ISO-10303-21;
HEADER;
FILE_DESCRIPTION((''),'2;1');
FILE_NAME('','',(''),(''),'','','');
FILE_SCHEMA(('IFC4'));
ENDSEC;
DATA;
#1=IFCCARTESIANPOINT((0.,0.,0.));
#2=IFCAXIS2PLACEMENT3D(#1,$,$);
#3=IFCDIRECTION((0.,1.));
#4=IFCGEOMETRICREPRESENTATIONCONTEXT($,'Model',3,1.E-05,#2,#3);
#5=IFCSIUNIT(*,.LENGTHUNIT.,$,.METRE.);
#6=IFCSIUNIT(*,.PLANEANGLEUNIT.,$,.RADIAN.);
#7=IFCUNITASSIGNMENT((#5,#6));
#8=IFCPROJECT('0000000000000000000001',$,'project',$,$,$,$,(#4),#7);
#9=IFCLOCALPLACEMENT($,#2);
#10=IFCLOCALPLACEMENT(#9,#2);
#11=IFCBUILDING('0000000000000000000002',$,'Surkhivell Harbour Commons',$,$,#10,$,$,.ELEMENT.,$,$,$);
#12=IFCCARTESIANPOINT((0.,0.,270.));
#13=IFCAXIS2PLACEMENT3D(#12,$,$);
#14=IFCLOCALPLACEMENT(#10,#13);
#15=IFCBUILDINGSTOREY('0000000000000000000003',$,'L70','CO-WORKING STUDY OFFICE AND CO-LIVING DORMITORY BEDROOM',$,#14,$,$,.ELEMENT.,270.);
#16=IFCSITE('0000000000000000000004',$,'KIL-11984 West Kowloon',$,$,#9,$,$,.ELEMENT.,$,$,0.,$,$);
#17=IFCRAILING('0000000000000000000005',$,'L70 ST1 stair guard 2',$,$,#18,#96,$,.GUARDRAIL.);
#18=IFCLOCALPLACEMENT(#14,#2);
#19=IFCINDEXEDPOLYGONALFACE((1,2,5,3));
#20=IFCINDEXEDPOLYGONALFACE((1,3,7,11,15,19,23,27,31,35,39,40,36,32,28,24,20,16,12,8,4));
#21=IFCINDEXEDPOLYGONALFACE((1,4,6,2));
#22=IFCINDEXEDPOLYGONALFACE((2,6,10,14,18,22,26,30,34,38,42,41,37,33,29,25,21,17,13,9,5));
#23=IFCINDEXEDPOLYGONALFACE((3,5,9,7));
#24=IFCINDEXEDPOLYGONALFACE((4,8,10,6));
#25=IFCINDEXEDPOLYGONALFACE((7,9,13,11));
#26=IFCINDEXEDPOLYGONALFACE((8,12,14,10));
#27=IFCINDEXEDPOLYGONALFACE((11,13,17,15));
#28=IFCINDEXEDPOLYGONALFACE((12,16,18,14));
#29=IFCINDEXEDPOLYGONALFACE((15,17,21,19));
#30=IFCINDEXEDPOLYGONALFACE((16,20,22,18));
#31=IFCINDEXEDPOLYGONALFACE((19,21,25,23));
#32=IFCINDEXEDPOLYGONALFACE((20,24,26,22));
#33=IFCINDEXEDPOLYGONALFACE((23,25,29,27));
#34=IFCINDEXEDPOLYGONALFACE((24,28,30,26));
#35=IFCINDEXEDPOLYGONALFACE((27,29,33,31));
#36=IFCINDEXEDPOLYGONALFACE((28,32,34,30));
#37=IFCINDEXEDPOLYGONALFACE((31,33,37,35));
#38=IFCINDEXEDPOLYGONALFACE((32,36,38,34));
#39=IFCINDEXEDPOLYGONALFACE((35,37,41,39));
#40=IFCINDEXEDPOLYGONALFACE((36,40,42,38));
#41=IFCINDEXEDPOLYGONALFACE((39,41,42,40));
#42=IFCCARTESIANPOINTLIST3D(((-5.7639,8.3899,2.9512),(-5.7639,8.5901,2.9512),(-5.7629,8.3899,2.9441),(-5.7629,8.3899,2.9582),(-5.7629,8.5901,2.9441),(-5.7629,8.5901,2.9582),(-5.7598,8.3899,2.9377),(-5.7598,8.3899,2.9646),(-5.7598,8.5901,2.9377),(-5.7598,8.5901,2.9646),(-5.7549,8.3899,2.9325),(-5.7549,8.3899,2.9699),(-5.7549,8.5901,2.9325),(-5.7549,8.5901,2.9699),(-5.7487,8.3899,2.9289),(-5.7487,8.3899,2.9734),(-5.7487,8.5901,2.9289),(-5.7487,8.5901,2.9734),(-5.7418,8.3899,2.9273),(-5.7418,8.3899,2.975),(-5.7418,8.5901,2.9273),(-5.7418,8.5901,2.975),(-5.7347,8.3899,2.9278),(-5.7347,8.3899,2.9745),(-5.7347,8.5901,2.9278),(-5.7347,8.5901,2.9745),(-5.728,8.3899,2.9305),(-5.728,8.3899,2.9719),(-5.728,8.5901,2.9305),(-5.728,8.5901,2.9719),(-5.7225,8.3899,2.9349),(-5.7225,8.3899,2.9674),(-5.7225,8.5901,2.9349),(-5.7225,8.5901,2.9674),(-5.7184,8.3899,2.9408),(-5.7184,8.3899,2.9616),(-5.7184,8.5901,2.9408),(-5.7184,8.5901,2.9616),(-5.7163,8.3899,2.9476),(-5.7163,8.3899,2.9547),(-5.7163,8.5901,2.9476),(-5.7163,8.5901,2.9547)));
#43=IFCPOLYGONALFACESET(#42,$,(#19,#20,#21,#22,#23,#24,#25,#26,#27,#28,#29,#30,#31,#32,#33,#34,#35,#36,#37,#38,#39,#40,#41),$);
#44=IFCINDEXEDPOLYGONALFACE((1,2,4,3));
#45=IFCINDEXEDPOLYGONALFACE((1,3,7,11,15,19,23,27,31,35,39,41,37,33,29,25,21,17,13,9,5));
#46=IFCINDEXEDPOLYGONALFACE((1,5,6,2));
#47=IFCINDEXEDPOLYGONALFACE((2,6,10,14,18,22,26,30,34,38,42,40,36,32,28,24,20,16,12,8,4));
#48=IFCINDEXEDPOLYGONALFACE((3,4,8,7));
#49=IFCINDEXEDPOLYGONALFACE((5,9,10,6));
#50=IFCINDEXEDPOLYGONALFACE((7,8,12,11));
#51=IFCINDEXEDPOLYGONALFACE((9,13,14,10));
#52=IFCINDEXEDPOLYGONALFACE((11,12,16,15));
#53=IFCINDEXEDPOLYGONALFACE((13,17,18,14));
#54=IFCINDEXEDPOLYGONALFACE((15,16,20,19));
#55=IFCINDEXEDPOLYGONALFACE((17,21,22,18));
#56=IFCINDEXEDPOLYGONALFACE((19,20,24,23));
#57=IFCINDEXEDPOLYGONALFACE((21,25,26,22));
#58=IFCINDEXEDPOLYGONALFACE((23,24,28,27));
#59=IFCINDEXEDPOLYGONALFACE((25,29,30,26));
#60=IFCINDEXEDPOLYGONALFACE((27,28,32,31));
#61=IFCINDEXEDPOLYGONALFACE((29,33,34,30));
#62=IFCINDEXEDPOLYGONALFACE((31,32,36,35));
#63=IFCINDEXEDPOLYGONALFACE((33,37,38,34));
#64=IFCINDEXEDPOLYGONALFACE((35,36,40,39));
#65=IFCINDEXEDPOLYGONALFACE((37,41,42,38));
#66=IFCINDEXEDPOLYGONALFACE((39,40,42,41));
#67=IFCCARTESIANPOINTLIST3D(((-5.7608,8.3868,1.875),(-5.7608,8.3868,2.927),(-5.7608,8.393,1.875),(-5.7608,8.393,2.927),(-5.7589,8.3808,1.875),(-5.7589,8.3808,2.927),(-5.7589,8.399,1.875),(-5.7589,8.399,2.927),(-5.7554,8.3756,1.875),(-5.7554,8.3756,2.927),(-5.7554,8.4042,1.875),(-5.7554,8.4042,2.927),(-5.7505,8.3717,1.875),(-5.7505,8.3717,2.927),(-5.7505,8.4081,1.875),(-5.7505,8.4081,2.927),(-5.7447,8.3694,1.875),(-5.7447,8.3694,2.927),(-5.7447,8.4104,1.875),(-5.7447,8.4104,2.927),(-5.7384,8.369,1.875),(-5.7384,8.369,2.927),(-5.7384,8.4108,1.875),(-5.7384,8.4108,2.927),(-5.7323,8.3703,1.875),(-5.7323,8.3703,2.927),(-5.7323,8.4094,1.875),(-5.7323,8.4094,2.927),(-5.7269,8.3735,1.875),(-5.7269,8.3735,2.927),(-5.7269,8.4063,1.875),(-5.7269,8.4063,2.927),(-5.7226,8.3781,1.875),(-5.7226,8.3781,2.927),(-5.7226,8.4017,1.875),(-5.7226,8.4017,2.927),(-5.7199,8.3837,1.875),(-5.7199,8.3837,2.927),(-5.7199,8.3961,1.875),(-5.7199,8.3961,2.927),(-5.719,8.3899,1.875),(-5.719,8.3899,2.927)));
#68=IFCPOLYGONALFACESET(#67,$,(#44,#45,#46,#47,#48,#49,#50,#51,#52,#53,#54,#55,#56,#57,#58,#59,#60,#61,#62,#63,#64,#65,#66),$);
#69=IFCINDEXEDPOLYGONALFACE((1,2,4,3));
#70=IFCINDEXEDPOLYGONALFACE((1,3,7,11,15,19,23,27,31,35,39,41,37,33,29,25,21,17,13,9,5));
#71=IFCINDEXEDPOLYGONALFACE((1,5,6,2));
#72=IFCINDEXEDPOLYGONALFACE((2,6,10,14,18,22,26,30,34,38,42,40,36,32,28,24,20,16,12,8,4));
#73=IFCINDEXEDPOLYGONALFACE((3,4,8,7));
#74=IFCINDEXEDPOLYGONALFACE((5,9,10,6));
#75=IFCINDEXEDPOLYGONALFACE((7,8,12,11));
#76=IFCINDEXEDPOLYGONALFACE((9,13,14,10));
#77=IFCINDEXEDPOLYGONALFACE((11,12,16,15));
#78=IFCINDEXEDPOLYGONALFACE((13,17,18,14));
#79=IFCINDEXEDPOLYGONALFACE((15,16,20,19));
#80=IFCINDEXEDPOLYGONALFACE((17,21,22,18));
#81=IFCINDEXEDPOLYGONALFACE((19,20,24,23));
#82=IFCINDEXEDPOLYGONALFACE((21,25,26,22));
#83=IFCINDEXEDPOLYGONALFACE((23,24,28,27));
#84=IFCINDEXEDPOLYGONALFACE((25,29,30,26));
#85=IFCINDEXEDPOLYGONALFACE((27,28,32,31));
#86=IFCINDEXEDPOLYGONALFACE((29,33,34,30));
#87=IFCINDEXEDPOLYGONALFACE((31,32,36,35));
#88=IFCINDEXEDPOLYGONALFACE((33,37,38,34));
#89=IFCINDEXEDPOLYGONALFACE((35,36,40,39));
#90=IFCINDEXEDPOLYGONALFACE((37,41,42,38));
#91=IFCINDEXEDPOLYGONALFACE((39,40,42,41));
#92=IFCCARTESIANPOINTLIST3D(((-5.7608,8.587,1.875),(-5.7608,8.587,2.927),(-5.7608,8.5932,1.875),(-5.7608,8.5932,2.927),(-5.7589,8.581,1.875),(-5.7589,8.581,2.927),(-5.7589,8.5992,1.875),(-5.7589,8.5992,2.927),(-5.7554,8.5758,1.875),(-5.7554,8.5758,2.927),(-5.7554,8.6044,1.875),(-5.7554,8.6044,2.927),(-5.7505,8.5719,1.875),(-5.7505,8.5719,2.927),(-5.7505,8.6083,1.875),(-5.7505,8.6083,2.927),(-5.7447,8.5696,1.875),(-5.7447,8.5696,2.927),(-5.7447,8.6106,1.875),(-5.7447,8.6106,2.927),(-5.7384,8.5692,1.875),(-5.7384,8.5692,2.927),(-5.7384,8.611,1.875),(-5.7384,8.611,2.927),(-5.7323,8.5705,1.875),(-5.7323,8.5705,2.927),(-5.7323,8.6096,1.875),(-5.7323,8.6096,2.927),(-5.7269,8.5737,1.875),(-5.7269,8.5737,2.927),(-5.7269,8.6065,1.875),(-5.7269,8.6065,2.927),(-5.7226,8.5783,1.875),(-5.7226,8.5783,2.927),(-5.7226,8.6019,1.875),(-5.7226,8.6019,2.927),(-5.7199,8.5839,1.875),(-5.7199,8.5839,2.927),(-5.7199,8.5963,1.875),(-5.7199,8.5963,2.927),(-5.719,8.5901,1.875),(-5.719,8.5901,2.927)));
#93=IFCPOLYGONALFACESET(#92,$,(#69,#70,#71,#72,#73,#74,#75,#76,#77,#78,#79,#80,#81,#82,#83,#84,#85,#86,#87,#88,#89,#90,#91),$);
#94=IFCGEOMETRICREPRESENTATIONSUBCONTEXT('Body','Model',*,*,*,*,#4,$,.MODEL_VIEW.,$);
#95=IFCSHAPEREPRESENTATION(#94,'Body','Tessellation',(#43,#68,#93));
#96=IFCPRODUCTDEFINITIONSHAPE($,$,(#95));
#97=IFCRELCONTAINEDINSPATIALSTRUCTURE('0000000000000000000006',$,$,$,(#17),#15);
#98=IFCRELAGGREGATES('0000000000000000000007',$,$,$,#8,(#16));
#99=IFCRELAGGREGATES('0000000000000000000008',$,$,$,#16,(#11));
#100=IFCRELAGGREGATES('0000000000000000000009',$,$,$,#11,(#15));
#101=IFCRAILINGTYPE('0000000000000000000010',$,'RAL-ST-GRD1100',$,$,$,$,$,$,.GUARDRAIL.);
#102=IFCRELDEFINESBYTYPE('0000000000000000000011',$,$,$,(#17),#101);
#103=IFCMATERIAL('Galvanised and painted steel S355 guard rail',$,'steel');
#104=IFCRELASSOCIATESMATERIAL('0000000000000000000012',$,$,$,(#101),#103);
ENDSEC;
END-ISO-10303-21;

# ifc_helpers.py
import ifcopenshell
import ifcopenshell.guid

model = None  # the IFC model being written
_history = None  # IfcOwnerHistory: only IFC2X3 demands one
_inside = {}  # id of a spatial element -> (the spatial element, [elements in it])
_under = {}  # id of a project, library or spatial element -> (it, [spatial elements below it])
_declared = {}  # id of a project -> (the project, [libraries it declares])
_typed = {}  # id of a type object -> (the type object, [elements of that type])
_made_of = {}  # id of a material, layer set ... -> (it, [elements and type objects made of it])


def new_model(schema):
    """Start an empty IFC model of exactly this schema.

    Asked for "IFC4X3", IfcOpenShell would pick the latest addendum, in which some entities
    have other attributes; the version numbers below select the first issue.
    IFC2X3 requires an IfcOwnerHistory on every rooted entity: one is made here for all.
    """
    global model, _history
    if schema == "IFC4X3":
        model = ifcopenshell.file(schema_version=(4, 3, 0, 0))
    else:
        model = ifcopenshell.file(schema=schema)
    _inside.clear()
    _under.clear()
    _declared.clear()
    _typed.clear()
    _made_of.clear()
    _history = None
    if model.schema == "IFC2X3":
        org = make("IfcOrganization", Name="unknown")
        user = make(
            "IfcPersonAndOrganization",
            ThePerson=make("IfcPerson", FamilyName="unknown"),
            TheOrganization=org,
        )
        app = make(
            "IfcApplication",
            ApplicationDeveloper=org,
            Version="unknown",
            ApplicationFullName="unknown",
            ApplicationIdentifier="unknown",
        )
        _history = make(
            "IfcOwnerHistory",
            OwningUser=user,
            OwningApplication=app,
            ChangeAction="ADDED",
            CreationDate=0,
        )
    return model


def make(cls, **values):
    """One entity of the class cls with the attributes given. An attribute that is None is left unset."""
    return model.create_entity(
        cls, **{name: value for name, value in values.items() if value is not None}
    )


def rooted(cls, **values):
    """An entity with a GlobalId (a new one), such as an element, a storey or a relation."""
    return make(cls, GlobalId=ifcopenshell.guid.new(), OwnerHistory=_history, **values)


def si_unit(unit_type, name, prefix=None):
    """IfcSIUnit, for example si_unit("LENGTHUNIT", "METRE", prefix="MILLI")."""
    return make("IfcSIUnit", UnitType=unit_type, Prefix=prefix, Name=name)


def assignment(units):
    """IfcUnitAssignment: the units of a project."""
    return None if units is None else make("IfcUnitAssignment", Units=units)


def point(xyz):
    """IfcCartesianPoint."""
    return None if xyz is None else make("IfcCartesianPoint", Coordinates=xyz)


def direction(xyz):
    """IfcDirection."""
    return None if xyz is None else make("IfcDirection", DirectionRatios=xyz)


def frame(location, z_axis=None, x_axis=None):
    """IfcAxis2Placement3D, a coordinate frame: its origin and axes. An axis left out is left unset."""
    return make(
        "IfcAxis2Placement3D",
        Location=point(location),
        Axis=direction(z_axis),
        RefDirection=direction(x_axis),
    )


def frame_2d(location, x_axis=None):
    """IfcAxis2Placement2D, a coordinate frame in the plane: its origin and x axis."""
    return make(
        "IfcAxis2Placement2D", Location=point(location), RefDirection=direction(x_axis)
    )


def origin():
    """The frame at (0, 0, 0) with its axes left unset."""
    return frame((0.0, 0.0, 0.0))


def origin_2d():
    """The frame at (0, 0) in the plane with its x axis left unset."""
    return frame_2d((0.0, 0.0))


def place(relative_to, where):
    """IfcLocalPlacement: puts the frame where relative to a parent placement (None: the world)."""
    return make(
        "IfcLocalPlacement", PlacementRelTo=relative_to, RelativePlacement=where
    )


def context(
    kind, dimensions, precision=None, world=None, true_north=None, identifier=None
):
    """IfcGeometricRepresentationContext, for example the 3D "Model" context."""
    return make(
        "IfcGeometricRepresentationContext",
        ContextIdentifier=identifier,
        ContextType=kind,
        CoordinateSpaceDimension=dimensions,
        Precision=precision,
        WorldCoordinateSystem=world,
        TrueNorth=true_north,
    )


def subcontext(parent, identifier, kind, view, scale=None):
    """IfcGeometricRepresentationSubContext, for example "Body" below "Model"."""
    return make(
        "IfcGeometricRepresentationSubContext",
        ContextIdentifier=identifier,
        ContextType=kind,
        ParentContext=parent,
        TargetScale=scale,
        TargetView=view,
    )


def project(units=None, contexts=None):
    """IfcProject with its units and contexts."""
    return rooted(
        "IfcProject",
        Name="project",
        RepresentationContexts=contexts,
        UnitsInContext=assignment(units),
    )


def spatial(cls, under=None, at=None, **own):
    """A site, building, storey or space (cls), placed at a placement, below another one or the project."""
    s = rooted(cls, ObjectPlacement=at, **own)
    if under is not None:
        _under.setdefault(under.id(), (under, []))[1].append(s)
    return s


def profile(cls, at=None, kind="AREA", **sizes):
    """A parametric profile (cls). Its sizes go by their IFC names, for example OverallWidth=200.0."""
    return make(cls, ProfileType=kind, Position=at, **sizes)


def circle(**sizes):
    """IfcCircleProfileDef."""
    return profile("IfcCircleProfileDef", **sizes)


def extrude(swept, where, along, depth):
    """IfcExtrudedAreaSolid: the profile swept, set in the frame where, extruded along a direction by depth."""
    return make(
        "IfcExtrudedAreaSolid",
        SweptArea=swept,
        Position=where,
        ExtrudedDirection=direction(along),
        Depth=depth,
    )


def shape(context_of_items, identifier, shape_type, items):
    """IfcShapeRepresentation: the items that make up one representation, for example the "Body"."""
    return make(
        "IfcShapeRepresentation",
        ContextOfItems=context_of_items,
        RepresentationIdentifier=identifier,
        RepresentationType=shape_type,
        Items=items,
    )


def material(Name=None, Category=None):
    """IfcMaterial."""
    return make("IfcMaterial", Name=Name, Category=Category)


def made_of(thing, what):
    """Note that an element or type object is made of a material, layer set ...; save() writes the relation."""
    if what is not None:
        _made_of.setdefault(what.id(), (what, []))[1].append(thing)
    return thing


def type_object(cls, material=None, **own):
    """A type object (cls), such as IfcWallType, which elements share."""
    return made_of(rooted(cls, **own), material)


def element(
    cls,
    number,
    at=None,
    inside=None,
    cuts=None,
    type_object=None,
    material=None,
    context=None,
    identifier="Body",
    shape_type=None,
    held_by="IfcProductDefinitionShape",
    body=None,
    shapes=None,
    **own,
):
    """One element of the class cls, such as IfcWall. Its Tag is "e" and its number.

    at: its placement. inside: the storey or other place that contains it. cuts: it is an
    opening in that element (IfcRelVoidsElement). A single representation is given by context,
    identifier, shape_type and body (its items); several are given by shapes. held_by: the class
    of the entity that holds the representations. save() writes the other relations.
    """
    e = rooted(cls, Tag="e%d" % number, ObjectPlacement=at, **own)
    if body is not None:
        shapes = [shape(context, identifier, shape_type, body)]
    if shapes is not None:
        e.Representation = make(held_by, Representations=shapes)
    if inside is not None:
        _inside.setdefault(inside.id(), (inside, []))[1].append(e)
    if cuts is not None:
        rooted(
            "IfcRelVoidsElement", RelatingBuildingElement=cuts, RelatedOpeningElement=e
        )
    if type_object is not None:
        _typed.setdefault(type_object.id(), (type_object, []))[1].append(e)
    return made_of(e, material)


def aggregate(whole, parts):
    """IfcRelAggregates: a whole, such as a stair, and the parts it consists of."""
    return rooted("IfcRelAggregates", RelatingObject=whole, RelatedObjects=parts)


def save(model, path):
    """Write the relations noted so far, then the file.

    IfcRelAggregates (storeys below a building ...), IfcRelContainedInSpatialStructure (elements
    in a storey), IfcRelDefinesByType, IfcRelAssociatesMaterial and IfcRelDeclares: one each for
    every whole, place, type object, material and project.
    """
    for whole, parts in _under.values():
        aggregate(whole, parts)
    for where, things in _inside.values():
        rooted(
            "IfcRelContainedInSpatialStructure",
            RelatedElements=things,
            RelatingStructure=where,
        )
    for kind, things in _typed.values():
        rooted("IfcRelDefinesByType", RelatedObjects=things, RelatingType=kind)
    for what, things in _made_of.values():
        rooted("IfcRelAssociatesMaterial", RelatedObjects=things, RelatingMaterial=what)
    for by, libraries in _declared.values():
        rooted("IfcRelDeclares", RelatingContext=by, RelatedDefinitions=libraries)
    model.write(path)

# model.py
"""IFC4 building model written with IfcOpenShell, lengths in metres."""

from ifc_helpers import new_model, si_unit, direction, frame, origin, origin_2d, place, context, subcontext, project, spatial, circle, extrude, material, type_object, element, save


model = new_model("IFC4")

# Units and contexts
model_context = context("Model", 3, precision=1e-05, world=origin(), true_north=direction((0.0, 1.0)))
body_context = subcontext(model_context, "Body", "Model", "MODEL_VIEW")
ifc_project = project(units=[si_unit("LENGTHUNIT", "METRE"), si_unit("PLANEANGLEUNIT", "RADIAN")], contexts=[model_context])

# Site, building, storey
site_placement = place(None, origin())
site = spatial("IfcSite", under=ifc_project, at=site_placement, Name="KIL-11984 West Kowloon", CompositionType="ELEMENT", RefElevation=0.0)
building_placement = place(site_placement, origin())
building = spatial("IfcBuilding", under=site, at=building_placement, Name="Surkhivell Harbour Commons", CompositionType="ELEMENT")
storey_placement = place(building_placement, frame((0.0, 0.0, 270.0)))
storey = spatial("IfcBuildingStorey", under=building, at=storey_placement, Name="L70", Description="CO-WORKING STUDY OFFICE AND CO-LIVING DORMITORY BEDROOM", CompositionType="ELEMENT", Elevation=270.0)

# Railing
ifc_material_1 = material(Name="Galvanised and painted steel S355 guard rail", Category="steel")
railing_type_1 = type_object("IfcRailingType", Name="RAL-ST-GRD1100", PredefinedType="GUARDRAIL", material=ifc_material_1)
railing_1_placement = place(storey_placement, frame((-5.74, 8.3899, 1.875)))
element("IfcRailing", 1, at=railing_1_placement, inside=storey, type_object=railing_type_1, Name="L70 ST1 stair guard 2", PredefinedType="GUARDRAIL", context=body_context, shape_type="SweptSolid", body=[
    extrude(circle(Radius=0.0239, at=origin_2d()), frame((0.0, 0.0, 1.0762), z_axis=(0.0, 1.0, 0.0), x_axis=(-1.0, 0.0, 0.0)), (0.0, 0.0, 1.0), 0.2002),
    extrude(circle(Radius=0.021, at=origin_2d()), origin(), (0.0, 0.0, 1.0), 1.052),
    extrude(circle(Radius=0.021, at=origin_2d()), frame((0.0, 0.2002, 0.0)), (0.0, 0.0, 1.0), 1.052),
])

save(model, "model.ifc")
